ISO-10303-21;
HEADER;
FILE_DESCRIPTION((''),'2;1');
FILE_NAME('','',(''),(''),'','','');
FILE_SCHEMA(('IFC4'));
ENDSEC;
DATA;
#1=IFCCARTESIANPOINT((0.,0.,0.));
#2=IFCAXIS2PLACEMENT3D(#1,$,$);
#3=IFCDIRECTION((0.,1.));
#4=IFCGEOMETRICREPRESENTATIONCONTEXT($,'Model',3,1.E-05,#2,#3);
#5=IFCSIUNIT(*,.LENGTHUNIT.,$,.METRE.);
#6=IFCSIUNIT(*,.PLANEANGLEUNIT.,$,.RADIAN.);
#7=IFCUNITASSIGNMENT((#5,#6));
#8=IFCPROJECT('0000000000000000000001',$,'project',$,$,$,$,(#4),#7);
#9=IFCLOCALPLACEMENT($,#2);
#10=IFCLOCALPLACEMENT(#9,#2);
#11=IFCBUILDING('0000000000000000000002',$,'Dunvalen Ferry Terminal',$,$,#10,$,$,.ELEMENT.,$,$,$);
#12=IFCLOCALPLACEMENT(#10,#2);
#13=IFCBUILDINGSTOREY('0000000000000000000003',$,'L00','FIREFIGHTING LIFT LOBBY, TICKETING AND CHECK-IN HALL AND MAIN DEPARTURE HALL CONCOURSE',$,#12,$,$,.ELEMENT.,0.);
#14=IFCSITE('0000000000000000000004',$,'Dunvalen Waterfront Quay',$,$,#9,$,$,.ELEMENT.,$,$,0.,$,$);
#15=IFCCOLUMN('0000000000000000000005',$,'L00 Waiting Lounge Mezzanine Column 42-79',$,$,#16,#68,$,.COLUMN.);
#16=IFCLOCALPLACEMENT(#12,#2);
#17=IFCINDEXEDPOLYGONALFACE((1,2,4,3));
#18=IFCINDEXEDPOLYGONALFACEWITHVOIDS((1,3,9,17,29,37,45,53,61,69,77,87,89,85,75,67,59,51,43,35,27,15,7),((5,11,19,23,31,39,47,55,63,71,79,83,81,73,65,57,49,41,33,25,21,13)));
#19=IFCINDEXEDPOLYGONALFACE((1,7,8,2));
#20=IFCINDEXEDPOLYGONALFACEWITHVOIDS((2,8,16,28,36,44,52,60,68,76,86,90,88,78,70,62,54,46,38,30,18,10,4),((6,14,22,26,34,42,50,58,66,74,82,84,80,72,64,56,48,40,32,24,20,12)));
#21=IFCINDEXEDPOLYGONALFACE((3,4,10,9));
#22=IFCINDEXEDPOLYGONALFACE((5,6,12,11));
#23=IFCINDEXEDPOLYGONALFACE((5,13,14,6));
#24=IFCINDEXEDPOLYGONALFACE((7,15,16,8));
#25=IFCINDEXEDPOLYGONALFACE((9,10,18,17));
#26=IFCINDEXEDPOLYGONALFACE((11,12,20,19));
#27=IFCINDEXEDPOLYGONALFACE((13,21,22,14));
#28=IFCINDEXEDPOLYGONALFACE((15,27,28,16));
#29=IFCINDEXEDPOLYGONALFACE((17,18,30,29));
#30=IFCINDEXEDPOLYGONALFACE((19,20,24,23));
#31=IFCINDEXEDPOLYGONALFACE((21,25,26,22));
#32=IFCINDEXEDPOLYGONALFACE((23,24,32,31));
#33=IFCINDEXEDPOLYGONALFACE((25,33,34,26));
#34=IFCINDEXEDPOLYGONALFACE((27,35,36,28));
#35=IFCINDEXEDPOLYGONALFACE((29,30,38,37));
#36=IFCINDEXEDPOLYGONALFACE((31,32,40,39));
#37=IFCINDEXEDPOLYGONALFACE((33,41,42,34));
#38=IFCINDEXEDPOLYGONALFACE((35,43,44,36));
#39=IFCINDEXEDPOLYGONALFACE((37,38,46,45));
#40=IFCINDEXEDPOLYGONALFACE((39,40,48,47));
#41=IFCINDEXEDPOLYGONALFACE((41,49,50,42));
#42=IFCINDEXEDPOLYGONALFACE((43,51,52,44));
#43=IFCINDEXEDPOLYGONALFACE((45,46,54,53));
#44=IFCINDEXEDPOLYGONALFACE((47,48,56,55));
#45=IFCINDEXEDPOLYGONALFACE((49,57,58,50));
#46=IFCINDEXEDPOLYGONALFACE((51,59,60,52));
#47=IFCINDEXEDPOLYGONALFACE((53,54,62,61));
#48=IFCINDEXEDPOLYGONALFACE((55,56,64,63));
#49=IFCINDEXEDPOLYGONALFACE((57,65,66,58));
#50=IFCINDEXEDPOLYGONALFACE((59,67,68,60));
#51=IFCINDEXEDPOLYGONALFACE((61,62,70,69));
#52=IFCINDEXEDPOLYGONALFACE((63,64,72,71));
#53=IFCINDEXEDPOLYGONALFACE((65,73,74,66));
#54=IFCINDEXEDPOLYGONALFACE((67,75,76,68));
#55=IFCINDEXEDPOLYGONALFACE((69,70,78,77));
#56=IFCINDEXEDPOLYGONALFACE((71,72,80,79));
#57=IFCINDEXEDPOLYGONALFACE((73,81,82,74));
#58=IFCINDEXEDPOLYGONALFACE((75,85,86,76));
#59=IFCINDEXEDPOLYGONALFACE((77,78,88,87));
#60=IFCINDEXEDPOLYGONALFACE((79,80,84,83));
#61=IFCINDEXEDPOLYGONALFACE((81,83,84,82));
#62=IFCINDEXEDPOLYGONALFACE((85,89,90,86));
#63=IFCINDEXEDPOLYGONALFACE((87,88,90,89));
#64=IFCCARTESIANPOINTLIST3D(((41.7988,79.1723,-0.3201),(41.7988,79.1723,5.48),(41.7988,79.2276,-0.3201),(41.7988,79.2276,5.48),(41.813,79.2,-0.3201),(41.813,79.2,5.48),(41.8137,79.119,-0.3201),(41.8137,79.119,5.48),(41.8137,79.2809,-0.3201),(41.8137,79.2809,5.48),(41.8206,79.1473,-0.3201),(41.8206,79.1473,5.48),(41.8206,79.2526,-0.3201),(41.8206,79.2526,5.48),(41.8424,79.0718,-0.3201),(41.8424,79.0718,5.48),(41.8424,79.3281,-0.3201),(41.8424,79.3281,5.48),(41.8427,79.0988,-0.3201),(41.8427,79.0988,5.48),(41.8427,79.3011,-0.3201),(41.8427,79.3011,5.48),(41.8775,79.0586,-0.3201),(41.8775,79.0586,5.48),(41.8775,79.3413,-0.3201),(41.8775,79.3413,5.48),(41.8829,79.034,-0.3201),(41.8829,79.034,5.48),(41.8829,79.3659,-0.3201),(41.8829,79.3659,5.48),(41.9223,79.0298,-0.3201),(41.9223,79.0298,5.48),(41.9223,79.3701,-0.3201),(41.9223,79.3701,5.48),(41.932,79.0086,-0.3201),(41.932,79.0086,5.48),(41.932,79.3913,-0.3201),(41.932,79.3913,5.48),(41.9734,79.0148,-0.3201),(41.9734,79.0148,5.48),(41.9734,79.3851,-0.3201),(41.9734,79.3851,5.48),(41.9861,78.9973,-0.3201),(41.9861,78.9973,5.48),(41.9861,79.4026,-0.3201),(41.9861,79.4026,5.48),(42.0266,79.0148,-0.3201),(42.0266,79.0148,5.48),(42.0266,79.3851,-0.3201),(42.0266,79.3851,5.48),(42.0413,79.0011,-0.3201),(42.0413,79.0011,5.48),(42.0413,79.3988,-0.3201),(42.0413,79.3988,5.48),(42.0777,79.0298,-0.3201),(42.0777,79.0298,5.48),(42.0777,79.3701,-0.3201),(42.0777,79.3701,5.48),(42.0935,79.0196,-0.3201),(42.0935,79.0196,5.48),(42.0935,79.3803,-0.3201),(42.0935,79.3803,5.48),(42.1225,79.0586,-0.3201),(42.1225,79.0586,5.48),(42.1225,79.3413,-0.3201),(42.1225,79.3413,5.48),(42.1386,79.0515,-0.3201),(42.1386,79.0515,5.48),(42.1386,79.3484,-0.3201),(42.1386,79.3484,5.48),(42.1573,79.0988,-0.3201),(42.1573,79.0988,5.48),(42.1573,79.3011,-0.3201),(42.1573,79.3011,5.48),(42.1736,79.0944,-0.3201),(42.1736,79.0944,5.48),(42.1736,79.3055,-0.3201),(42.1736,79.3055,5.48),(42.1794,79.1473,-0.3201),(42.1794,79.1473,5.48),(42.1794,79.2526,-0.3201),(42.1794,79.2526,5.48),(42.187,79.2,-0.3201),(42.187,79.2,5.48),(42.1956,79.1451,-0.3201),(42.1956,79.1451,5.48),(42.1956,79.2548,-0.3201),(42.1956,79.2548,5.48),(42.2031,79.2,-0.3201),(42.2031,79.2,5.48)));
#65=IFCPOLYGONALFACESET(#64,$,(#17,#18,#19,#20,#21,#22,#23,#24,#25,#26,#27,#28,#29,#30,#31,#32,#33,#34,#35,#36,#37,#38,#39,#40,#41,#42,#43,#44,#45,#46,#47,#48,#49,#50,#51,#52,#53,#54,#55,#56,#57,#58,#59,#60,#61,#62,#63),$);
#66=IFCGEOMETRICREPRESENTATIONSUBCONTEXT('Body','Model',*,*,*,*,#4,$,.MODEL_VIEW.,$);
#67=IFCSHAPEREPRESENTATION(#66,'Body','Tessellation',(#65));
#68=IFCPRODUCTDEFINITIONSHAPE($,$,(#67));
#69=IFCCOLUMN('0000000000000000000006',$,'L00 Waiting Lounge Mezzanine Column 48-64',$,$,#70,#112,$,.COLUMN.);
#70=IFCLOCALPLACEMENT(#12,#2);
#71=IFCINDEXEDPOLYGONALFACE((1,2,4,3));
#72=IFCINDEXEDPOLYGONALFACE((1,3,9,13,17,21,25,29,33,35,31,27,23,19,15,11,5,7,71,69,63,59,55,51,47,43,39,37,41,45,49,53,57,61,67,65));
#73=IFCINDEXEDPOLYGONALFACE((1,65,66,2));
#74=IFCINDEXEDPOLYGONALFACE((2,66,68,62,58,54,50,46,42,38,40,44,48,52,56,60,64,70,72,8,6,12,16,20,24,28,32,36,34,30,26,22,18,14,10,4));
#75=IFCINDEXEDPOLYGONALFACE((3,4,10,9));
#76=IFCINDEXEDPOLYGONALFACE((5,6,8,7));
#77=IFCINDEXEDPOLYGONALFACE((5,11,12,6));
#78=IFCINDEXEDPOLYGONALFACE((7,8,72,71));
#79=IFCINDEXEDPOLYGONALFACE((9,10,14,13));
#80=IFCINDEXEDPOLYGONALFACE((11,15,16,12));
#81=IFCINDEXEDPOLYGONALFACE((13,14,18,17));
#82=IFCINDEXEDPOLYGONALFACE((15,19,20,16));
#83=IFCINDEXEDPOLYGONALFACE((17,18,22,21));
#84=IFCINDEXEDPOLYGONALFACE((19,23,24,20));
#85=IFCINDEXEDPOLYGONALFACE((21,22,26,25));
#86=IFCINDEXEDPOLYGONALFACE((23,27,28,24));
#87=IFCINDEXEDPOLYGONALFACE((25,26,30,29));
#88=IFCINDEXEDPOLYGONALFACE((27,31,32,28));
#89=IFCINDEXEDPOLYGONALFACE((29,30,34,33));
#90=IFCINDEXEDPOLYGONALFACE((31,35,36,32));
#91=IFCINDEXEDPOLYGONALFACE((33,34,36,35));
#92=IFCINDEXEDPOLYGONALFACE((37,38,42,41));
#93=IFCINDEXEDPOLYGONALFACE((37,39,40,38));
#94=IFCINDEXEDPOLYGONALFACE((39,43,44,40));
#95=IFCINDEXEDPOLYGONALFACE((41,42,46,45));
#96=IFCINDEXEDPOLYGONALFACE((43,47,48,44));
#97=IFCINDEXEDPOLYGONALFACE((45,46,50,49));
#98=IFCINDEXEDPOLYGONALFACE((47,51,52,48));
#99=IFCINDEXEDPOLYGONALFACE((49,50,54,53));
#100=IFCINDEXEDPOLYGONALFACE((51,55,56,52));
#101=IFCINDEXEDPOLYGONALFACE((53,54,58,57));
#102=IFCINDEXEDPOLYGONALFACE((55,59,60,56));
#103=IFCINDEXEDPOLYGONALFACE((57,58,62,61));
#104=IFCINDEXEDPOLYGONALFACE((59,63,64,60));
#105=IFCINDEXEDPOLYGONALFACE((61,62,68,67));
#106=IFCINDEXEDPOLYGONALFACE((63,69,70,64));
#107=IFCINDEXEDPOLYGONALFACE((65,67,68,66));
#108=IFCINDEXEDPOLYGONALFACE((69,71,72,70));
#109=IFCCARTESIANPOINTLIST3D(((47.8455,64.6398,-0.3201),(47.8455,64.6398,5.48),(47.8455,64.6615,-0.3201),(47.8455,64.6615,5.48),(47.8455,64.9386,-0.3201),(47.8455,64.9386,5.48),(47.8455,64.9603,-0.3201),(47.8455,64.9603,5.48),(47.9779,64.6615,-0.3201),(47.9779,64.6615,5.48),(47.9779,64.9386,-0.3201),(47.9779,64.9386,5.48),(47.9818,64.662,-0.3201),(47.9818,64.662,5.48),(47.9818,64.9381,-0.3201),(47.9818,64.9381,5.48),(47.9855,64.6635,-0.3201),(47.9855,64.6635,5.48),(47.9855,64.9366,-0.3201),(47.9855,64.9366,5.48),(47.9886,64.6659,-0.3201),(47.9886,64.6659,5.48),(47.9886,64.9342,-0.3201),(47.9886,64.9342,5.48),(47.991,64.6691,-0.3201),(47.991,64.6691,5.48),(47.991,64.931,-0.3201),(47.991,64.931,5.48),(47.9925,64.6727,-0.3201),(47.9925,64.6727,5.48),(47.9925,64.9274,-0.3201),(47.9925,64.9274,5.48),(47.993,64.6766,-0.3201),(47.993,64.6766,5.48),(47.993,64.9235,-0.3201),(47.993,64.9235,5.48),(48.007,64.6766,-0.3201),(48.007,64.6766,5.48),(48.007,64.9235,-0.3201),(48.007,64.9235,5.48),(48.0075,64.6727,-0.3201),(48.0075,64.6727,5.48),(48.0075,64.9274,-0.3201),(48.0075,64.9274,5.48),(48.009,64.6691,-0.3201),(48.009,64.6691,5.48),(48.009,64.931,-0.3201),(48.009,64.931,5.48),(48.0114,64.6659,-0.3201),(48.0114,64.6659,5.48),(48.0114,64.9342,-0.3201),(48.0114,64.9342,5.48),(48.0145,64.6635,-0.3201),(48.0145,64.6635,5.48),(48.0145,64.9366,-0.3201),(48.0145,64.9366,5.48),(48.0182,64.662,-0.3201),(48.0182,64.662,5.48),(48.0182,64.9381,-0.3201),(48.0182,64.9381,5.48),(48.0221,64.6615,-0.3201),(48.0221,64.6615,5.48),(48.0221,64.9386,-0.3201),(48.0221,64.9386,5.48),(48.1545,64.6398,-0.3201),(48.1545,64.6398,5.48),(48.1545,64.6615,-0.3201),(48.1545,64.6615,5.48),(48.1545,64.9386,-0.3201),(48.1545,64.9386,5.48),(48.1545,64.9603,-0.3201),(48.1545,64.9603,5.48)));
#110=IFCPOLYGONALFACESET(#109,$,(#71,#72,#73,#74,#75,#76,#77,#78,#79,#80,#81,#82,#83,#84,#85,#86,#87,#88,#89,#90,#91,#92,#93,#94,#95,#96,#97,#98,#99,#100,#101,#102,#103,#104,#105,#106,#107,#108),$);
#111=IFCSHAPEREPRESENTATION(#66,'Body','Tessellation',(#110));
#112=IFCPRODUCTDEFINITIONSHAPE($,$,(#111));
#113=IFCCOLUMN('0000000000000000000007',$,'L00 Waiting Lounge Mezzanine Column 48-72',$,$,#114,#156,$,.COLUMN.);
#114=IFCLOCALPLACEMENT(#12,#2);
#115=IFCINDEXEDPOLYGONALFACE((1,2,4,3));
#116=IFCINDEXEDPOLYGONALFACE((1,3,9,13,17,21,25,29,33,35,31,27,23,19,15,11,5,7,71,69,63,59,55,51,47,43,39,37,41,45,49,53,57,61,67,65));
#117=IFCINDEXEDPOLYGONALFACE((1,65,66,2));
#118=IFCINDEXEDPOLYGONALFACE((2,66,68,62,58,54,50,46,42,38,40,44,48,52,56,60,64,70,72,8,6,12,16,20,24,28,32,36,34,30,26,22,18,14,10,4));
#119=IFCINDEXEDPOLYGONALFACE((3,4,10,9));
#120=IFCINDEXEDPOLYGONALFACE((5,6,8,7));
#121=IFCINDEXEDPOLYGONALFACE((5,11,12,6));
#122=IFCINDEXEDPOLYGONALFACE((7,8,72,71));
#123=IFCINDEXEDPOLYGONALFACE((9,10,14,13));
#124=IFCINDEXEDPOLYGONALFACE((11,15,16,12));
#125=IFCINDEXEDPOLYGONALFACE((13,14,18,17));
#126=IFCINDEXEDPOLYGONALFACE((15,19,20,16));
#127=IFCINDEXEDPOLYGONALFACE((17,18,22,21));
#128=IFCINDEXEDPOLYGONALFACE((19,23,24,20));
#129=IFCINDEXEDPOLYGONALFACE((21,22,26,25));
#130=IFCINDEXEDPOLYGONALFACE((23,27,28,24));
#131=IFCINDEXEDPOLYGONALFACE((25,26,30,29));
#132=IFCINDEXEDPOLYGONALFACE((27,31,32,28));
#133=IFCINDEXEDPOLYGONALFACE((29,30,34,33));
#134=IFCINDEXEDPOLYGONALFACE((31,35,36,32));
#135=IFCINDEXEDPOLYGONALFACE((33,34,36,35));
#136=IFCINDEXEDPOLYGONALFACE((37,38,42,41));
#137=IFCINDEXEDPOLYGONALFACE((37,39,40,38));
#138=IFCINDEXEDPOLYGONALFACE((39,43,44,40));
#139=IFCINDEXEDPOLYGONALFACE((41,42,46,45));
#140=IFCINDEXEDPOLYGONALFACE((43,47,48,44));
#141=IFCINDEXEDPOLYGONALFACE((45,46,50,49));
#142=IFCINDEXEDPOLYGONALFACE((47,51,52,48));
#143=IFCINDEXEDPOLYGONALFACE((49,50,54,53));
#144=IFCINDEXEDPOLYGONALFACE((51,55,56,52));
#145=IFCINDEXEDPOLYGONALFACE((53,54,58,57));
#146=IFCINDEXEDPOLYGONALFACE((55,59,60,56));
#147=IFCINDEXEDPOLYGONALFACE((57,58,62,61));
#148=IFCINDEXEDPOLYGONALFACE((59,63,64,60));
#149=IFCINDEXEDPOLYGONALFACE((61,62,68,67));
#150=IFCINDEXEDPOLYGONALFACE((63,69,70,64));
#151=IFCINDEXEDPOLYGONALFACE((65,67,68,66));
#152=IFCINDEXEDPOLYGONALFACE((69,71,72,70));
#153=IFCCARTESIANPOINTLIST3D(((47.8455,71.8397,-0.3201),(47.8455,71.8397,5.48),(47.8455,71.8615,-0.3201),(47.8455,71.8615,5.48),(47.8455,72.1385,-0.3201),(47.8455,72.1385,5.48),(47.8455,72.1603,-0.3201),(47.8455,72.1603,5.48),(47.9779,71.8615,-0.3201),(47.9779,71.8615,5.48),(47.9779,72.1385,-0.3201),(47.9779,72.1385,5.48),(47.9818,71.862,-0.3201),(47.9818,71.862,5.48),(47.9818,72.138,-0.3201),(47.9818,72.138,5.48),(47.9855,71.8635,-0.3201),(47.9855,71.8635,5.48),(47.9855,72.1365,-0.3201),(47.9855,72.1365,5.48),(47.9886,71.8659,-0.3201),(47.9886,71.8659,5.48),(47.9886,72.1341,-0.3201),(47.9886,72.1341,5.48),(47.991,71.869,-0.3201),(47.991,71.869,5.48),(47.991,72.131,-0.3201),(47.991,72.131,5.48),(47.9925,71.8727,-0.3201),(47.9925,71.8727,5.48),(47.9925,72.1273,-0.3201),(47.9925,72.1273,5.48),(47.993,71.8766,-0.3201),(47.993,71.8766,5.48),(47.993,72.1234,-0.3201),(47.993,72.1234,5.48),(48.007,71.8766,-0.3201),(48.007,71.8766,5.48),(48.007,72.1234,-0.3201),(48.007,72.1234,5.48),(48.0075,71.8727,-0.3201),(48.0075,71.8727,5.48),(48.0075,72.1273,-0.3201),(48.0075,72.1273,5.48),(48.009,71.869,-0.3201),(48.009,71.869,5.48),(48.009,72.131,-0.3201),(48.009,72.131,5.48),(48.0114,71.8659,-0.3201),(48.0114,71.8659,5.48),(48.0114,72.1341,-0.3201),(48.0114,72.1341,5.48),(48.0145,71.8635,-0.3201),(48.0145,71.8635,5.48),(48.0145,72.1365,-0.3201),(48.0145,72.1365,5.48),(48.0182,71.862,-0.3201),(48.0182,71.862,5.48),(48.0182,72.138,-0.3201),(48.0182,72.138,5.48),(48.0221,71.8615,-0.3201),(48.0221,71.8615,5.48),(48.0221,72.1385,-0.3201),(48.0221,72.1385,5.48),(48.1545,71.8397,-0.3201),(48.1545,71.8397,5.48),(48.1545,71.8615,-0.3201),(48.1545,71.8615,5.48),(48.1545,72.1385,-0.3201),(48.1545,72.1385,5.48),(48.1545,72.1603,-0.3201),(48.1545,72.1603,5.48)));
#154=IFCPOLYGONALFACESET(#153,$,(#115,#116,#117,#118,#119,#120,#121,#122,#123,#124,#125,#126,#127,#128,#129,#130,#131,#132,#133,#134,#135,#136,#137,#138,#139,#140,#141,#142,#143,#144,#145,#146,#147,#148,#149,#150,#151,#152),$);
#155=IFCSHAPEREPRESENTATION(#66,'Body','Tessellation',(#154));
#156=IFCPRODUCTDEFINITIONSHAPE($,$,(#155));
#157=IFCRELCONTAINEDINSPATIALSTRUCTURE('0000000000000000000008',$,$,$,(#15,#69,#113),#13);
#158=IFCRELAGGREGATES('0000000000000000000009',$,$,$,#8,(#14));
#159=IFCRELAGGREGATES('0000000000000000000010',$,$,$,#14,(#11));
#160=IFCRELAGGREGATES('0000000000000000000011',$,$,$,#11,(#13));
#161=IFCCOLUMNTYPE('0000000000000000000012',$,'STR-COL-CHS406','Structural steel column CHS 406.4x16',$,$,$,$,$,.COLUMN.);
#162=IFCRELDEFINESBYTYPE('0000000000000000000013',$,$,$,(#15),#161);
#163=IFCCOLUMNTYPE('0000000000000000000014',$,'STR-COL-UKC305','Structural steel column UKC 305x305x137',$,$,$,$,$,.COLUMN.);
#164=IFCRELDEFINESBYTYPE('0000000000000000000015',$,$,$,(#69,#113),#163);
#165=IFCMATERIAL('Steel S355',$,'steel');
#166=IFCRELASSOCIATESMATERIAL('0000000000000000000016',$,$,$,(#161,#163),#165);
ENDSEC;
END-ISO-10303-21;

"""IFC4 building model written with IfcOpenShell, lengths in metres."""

from ifc_helpers import new_model, si_unit, direction, frame, origin, origin_2d, place, context, subcontext, project, spatial, hollow_circle, i_section, extrude, material, material_profile, profile_set, type_object, element, save


model = new_model("IFC4")

# Units and contexts
model_context = context("Model", 3, precision=1e-05, world=origin(), true_north=direction((0.0, 1.0)))
body_context = subcontext(model_context, "Body", "Model", "MODEL_VIEW")
ifc_project = project(units=[si_unit("LENGTHUNIT", "METRE"), si_unit("PLANEANGLEUNIT", "RADIAN")], contexts=[model_context])

# Site, building, storey
site_placement = place(None, origin())
site = spatial("IfcSite", under=ifc_project, at=site_placement, Name="Dunvalen Waterfront Quay", CompositionType="ELEMENT", RefElevation=0.0)
building_placement = place(site_placement, origin())
building = spatial("IfcBuilding", under=site, at=building_placement, Name="Dunvalen Ferry Terminal", CompositionType="ELEMENT")
storey_placement = place(building_placement, origin())
storey = spatial("IfcBuildingStorey", under=building, at=storey_placement, Name="L00", Description="FIREFIGHTING LIFT LOBBY, TICKETING AND CHECK-IN HALL AND MAIN DEPARTURE HALL CONCOURSE", CompositionType="ELEMENT", Elevation=0.0)

# Columns
ifc_material_1 = material(Name="Steel S355", Category="steel")
ifc_material_profile_1 = material_profile(ifc_material_1, hollow_circle(Radius=0.2031, WallThickness=0.0161, at=origin_2d()), Name="Steel S355")
ifc_profile_set_1 = profile_set([ifc_material_profile_1], Name="Steel S355")
column_type_1 = type_object("IfcColumnType", Name="STR-COL-CHS406", Description="Structural steel column CHS 406.4x16", PredefinedType="COLUMN", material=ifc_profile_set_1)
for number, where, z_axis, x_axis, name in (
    (1, (42.0, 79.2, -0.3201), (0.0, 0.0, 1.0), (1.0, 0.0, 0.0), "L00 Waiting Lounge Mezzanine Column 42-79"),
):
    element("IfcColumn", number, at=place(storey_placement, frame(where, z_axis=z_axis, x_axis=x_axis)), inside=storey, type_object=column_type_1, Name=name, PredefinedType="COLUMN", context=body_context, shape_type="SweptSolid", body=[
        extrude(hollow_circle(Radius=0.2031, WallThickness=0.0161, at=origin_2d()), origin(), (0.0, 0.0, 1.0), 5.8),
    ])
ifc_material_profile_2 = material_profile(ifc_material_1, i_section(OverallWidth=0.3091, OverallDepth=0.3206, WebThickness=0.0139, FlangeThickness=0.0217, FilletRadius=0.0151, at=origin_2d()), Name="Steel S355")
ifc_profile_set_2 = profile_set([ifc_material_profile_2], Name="Steel S355")
column_type_2 = type_object("IfcColumnType", Name="STR-COL-UKC305", Description="Structural steel column UKC 305x305x137", PredefinedType="COLUMN", material=ifc_profile_set_2)
for number, where, z_axis, x_axis, name in (
    (2, (48.0, 64.8, -0.3201), (0.0, 0.0, 1.0), (1.0, 0.0, 0.0), "L00 Waiting Lounge Mezzanine Column 48-64"),
    (3, (48.0, 72.0, -0.3201), (0.0, 0.0, 1.0), (1.0, 0.0, 0.0), "L00 Waiting Lounge Mezzanine Column 48-72"),
):
    element("IfcColumn", number, at=place(storey_placement, frame(where, z_axis=z_axis, x_axis=x_axis)), inside=storey, type_object=column_type_2, Name=name, PredefinedType="COLUMN", context=body_context, shape_type="SweptSolid", body=[
        extrude(i_section(OverallWidth=0.3091, OverallDepth=0.3206, WebThickness=0.0139, FlangeThickness=0.0217, FilletRadius=0.0151, at=origin_2d()), origin(), (0.0, 0.0, 1.0), 5.8),
    ])

save(model, "model.ifc")
